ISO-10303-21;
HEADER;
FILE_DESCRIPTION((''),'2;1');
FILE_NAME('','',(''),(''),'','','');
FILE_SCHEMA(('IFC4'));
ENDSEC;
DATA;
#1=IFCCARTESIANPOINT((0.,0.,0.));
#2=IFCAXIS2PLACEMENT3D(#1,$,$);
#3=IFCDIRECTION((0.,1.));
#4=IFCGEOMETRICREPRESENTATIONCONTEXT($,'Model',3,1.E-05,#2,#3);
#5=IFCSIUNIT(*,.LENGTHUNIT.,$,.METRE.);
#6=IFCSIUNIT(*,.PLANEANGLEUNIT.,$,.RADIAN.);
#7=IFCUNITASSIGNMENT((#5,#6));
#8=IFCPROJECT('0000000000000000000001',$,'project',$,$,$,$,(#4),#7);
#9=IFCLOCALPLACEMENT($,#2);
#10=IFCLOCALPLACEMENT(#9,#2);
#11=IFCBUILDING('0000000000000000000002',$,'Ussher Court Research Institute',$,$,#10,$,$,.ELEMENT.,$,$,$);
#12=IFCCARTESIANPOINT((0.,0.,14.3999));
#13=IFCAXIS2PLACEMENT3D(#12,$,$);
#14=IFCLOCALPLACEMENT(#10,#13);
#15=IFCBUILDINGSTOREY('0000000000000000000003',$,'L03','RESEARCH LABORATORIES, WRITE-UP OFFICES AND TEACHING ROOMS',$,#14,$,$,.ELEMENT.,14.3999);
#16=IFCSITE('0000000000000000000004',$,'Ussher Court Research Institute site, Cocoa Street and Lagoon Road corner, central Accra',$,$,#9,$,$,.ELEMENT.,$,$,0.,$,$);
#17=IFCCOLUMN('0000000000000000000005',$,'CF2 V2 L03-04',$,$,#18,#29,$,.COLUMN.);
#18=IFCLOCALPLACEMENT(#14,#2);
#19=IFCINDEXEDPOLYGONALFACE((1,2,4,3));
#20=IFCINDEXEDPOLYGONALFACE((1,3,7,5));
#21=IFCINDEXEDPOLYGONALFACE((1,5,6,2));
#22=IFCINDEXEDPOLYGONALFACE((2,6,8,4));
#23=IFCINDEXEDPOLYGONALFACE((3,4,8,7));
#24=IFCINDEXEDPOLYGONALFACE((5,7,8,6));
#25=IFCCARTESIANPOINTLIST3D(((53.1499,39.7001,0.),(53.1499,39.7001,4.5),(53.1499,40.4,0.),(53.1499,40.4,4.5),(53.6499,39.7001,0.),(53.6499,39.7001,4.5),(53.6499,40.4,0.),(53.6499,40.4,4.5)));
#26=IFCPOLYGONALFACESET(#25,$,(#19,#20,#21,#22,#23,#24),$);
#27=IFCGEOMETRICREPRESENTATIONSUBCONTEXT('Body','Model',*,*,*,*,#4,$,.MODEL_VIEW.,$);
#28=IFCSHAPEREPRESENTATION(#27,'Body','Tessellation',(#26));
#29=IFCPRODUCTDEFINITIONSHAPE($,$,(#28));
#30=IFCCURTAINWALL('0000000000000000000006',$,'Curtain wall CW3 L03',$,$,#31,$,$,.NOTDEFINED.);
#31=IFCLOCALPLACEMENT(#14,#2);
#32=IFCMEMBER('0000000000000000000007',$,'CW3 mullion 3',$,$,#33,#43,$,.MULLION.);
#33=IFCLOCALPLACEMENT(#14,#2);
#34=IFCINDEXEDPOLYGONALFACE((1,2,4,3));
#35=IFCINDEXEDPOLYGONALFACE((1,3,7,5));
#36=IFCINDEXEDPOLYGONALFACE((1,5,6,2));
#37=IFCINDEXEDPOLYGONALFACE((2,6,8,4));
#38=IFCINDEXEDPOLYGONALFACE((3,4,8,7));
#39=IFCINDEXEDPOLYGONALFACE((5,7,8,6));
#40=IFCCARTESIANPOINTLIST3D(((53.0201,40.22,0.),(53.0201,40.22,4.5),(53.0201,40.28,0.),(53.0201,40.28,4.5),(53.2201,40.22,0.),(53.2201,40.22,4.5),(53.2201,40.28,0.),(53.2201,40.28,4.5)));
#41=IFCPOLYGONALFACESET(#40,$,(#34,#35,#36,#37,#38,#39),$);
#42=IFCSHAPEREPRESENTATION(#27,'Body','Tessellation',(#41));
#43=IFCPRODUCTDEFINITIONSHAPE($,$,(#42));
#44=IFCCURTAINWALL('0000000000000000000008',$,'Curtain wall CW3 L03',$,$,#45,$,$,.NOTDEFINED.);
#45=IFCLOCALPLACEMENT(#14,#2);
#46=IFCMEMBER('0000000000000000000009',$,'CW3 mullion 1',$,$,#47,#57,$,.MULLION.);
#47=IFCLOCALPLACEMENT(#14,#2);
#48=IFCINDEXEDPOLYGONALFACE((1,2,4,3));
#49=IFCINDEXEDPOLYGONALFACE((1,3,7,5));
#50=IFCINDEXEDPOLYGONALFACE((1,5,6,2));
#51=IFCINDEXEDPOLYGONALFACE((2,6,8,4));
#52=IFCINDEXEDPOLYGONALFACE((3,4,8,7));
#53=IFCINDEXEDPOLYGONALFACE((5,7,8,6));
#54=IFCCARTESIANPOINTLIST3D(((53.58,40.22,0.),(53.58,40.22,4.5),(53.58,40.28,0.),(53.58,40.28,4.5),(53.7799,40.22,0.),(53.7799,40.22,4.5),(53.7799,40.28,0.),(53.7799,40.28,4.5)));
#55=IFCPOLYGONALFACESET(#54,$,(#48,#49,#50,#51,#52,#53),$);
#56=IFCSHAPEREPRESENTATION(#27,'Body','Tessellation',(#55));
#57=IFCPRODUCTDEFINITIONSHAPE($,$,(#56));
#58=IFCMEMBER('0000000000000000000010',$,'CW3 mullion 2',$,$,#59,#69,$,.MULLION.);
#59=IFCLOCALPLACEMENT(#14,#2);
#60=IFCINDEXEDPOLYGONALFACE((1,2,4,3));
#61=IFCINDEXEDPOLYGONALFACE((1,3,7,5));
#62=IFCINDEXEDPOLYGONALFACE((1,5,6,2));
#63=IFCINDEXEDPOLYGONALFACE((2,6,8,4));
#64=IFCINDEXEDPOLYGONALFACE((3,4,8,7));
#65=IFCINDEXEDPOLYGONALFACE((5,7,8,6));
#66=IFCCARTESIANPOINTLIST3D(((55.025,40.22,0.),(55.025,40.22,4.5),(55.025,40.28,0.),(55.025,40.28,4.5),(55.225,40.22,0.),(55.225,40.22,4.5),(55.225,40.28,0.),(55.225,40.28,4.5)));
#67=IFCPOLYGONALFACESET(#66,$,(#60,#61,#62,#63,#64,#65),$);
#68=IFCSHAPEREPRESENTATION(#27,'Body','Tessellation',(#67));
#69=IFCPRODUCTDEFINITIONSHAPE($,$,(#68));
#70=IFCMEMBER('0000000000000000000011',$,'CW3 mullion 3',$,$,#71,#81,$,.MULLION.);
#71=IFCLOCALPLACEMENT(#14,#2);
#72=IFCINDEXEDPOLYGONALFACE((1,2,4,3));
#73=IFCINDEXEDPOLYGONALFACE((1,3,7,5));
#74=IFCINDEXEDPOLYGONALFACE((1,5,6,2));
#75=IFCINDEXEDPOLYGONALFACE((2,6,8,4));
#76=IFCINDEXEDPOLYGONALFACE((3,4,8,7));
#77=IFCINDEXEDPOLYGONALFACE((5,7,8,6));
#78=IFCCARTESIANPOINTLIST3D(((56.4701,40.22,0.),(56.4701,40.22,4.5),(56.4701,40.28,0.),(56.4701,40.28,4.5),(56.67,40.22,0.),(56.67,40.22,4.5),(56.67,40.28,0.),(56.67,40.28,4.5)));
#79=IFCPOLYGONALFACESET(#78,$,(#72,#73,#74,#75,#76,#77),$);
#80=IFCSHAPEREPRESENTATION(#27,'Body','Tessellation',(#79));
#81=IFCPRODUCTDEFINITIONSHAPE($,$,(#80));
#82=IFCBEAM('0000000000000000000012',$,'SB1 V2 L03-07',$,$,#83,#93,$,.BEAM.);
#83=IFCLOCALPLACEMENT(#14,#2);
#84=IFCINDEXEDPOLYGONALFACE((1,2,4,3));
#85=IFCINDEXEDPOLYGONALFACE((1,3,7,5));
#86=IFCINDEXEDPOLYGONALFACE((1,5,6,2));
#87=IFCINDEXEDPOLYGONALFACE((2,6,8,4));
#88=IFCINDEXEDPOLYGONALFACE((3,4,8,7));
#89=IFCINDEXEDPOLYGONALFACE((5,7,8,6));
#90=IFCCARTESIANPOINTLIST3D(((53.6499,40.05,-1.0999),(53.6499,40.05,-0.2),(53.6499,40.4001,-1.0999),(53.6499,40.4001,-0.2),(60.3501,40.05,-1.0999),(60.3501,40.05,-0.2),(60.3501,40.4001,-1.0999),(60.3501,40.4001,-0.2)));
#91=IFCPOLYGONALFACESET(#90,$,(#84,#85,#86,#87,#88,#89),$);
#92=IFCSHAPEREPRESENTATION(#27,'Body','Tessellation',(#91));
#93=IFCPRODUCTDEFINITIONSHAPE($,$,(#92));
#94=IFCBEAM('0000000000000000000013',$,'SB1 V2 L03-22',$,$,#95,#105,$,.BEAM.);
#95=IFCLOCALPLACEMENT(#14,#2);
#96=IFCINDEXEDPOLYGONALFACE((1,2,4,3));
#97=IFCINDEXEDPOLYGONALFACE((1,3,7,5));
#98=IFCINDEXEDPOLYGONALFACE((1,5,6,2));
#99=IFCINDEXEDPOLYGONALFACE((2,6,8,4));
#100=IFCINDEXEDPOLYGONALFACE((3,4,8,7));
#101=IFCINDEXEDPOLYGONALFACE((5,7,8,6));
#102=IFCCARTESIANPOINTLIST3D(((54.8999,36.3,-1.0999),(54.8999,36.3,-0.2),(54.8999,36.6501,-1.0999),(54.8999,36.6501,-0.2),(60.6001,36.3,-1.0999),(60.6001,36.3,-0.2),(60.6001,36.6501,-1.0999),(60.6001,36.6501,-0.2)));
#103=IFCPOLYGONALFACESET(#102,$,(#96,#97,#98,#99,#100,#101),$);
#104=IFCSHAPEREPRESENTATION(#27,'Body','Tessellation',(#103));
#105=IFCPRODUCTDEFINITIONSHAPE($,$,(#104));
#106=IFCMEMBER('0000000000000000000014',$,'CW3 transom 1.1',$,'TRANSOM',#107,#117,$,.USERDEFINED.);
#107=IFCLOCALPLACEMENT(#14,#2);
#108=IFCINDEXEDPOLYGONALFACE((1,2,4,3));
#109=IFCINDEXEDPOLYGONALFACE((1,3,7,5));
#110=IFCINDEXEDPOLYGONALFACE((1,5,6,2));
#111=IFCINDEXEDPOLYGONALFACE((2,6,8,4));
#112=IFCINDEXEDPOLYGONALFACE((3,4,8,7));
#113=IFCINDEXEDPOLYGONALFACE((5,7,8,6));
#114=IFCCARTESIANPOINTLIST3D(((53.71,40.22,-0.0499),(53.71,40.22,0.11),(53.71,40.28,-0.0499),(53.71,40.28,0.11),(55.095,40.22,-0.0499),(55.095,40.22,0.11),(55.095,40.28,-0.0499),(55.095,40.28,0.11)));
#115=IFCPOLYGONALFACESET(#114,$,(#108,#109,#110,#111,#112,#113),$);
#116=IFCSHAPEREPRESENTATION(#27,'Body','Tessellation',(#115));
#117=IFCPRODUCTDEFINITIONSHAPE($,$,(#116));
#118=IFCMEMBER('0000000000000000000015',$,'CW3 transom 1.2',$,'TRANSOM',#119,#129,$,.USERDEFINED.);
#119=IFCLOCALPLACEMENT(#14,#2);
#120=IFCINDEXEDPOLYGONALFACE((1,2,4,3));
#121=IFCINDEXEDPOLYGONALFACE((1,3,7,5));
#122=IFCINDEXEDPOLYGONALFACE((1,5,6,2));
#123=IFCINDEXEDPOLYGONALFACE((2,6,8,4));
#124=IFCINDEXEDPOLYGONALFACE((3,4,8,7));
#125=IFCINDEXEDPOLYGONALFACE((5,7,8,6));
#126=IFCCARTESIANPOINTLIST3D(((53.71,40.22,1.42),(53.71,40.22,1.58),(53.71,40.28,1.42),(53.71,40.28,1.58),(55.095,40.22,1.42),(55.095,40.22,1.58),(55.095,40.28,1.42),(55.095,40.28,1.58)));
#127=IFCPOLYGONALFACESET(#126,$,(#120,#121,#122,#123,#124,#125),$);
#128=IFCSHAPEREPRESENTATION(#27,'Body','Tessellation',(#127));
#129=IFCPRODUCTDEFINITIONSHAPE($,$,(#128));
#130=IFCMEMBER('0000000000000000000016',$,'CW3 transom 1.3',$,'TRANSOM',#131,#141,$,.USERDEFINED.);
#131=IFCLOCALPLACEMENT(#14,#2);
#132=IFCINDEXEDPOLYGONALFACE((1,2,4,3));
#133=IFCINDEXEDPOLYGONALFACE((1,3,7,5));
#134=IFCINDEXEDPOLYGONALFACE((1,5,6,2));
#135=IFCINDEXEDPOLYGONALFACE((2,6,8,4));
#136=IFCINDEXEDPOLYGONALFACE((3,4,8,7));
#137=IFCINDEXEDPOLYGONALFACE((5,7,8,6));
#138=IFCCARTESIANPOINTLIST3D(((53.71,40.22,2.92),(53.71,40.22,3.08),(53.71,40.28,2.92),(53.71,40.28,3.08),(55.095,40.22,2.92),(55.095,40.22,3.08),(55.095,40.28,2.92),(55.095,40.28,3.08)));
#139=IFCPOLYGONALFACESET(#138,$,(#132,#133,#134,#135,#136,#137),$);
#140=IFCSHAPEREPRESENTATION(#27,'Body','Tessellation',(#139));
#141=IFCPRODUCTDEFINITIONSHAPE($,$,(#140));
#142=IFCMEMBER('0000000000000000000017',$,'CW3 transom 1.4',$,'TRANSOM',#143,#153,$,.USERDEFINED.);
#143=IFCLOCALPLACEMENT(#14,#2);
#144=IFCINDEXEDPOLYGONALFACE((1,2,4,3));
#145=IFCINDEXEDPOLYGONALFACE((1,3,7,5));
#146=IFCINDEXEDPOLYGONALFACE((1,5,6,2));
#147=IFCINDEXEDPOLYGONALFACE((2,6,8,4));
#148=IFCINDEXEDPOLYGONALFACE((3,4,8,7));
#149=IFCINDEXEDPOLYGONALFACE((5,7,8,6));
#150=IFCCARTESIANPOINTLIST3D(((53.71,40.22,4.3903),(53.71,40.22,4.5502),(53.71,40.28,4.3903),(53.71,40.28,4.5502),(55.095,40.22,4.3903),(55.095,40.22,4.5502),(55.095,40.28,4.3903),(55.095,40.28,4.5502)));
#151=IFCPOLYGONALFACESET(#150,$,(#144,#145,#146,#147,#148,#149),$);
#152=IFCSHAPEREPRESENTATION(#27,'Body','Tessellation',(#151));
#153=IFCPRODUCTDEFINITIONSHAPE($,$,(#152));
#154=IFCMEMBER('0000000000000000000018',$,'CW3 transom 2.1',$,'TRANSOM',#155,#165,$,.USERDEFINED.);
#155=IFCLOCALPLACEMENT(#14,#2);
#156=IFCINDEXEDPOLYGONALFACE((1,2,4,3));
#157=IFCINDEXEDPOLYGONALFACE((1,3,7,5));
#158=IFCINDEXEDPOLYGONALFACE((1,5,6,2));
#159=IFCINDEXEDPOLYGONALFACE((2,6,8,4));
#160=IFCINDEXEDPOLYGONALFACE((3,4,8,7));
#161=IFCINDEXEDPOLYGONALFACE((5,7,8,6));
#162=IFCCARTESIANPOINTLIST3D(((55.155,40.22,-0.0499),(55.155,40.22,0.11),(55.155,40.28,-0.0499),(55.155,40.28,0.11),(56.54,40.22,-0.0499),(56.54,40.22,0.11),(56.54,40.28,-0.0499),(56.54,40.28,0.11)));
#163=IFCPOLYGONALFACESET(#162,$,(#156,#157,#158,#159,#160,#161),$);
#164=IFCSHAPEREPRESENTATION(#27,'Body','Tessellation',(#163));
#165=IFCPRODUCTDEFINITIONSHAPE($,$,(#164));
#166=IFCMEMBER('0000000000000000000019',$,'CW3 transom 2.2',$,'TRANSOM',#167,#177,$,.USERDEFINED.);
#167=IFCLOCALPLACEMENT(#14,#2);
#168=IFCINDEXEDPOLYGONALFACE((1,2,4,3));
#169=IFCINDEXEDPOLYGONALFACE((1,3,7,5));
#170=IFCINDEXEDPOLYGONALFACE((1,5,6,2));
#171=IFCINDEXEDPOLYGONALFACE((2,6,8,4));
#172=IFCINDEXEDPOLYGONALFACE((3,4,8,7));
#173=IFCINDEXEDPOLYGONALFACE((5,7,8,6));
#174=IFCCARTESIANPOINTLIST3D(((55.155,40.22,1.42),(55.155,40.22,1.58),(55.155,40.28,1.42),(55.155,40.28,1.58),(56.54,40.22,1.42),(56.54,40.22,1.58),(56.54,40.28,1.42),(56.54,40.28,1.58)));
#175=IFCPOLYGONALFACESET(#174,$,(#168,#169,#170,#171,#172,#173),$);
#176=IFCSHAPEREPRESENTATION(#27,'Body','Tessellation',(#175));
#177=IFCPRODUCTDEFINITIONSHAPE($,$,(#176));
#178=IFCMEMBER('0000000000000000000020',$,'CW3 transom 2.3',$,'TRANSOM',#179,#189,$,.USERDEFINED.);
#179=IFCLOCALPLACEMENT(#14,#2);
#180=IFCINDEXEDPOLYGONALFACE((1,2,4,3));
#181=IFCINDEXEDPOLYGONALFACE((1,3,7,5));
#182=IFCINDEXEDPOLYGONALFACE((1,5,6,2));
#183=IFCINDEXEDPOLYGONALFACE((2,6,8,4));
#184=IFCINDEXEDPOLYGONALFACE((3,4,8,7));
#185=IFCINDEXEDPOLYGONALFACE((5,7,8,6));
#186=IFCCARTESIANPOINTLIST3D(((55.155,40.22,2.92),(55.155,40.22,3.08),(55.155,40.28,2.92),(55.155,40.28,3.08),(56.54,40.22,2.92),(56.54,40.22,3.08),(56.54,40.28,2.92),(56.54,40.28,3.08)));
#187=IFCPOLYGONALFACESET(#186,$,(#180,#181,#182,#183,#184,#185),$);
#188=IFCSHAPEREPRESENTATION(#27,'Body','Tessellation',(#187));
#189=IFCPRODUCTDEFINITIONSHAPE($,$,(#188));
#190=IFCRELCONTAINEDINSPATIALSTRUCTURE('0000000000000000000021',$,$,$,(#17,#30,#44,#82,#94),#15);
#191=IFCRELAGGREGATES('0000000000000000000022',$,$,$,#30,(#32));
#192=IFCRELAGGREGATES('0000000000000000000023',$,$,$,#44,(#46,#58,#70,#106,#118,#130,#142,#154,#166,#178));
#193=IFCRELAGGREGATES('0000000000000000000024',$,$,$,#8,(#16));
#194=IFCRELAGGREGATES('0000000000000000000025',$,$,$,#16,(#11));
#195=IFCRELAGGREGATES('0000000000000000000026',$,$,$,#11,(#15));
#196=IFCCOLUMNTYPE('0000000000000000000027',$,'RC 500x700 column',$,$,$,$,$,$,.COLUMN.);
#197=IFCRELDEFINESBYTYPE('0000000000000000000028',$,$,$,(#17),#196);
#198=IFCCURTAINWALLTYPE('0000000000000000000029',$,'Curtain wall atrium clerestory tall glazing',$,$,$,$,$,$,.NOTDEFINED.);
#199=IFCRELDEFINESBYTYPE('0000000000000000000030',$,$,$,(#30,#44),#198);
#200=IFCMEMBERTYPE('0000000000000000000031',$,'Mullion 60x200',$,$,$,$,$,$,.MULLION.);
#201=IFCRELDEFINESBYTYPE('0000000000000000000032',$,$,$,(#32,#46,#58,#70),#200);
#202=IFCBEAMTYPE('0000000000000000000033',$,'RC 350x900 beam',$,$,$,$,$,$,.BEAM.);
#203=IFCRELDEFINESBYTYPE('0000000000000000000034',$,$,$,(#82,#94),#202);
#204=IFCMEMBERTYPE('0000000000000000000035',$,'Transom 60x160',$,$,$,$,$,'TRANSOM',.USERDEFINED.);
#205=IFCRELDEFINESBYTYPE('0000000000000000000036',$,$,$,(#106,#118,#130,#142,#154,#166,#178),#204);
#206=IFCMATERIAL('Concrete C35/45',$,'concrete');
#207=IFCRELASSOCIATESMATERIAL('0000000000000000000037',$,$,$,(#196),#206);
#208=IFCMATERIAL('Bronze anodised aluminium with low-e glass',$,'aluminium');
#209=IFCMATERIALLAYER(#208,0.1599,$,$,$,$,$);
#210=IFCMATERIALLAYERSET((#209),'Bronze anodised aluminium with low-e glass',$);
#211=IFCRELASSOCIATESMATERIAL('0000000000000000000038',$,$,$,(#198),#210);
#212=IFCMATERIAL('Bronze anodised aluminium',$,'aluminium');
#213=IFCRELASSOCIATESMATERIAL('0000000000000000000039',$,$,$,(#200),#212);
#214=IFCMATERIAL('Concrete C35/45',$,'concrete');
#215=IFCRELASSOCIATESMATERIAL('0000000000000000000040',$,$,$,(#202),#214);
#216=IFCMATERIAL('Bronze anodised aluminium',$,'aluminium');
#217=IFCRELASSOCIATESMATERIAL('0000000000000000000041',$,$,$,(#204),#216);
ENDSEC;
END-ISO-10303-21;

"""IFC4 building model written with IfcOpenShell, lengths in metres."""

from ifc_helpers import new_model, si_unit, direction, frame, origin, origin_2d, place, context, subcontext, project, spatial, rectangle, extrude, material, layer, layer_set, material_profile, profile_set, type_object, element, aggregate, save


model = new_model("IFC4")

# Units and contexts
model_context = context("Model", 3, precision=1e-05, world=origin(), true_north=direction((0.0, 1.0)))
body_context = subcontext(model_context, "Body", "Model", "MODEL_VIEW")
ifc_project = project(units=[si_unit("LENGTHUNIT", "METRE"), si_unit("PLANEANGLEUNIT", "RADIAN")], contexts=[model_context])

# Site, building, storey
site_placement = place(None, origin())
site = spatial("IfcSite", under=ifc_project, at=site_placement, Name="Ussher Court Research Institute site, Cocoa Street and Lagoon Road corner, central Accra", CompositionType="ELEMENT", RefElevation=0.0)
building_placement = place(site_placement, origin())
building = spatial("IfcBuilding", under=site, at=building_placement, Name="Ussher Court Research Institute", CompositionType="ELEMENT")
storey_placement = place(building_placement, frame((0.0, 0.0, 14.3999)))
storey = spatial("IfcBuildingStorey", under=building, at=storey_placement, Name="L03", Description="RESEARCH LABORATORIES, WRITE-UP OFFICES AND TEACHING ROOMS", CompositionType="ELEMENT", Elevation=14.3999)

# Column
ifc_material_1 = material(Name="Concrete C35/45", Category="concrete")
ifc_material_profile_1 = material_profile(ifc_material_1, rectangle(XDim=0.5, YDim=0.7, at=origin_2d()), Name="RC 500x700")
ifc_profile_set_1 = profile_set([ifc_material_profile_1], Name="Concrete C35/45")
column_type = type_object("IfcColumnType", Name="RC 500x700 column", PredefinedType="COLUMN", material=ifc_profile_set_1)
column_placement = place(storey_placement, frame((53.3999, 40.05, 0.0), z_axis=(0.0, 0.0, 1.0), x_axis=(1.0, 0.0, 0.0)))
element("IfcColumn", 1, at=column_placement, inside=storey, type_object=column_type, Name="CF2 V2 L03-04", PredefinedType="COLUMN", context=body_context, shape_type="SweptSolid", body=[
    extrude(rectangle(XDim=0.5, YDim=0.7, at=origin_2d()), origin(), (0.0, 0.0, 1.0), 4.5),
])

# Curtain wall, member
ifc_material_2 = material(Name="Bronze anodised aluminium with low-e glass", Category="aluminium")
ifc_layer_1 = layer(ifc_material_2, 0.1599)
ifc_layer_set_1 = layer_set([ifc_layer_1], Name="Bronze anodised aluminium with low-e glass")
curtain_wall_type = type_object("IfcCurtainWallType", Name="Curtain wall atrium clerestory tall glazing", PredefinedType="NOTDEFINED", material=ifc_layer_set_1)
curtain_wall_1_placement = place(storey_placement, origin())
curtain_wall_1 = element("IfcCurtainWall", 2, at=curtain_wall_1_placement, inside=storey, type_object=curtain_wall_type, Name="Curtain wall CW3 L03", PredefinedType="NOTDEFINED")
ifc_material_3 = material(Name="Bronze anodised aluminium", Category="aluminium")
ifc_material_profile_2 = material_profile(ifc_material_3, rectangle(XDim=0.0601, YDim=0.2, at=origin_2d()), Name="Mullion 60x200")
ifc_profile_set_2 = profile_set([ifc_material_profile_2], Name="Bronze anodised aluminium")
member_type_1 = type_object("IfcMemberType", Name="Mullion 60x200", PredefinedType="MULLION", material=ifc_profile_set_2)
member_1_placement = place(storey_placement, frame((53.1201, 40.25, 0.0), z_axis=(0.0, 0.0, 1.0), x_axis=(0.0, 1.0, 0.0)))
member_1 = element("IfcMember", 3, at=member_1_placement, type_object=member_type_1, Name="CW3 mullion 3", PredefinedType="MULLION", context=body_context, shape_type="SweptSolid", body=[
    extrude(rectangle(XDim=0.0601, YDim=0.2, at=origin_2d()), origin(), (0.0, 0.0, 1.0), 4.5),
])

# Curtain wall, members
curtain_wall_2_placement = place(storey_placement, origin())
curtain_wall_2 = element("IfcCurtainWall", 4, at=curtain_wall_2_placement, inside=storey, type_object=curtain_wall_type, Name="Curtain wall CW3 L03", PredefinedType="NOTDEFINED")
member_2_placement = place(storey_placement, frame((53.6799, 40.25, 0.0), z_axis=(0.0, 0.0, 1.0), x_axis=(0.0, 1.0, 0.0)))
member_2 = element("IfcMember", 5, at=member_2_placement, type_object=member_type_1, Name="CW3 mullion 1", PredefinedType="MULLION", context=body_context, shape_type="SweptSolid", body=[
    extrude(rectangle(XDim=0.0601, YDim=0.2, at=origin_2d()), origin(), (0.0, 0.0, 1.0), 4.5),
])
member_3_placement = place(storey_placement, frame((55.125, 40.25, 0.0), z_axis=(0.0, 0.0, 1.0), x_axis=(0.0, 1.0, 0.0)))
member_3 = element("IfcMember", 6, at=member_3_placement, type_object=member_type_1, Name="CW3 mullion 2", PredefinedType="MULLION", context=body_context, shape_type="SweptSolid", body=[
    extrude(rectangle(XDim=0.0601, YDim=0.2, at=origin_2d()), origin(), (0.0, 0.0, 1.0), 4.5),
])
member_4_placement = place(storey_placement, frame((56.5701, 40.25, 0.0), z_axis=(0.0, 0.0, 1.0), x_axis=(0.0, 1.0, 0.0)))
member_4 = element("IfcMember", 7, at=member_4_placement, type_object=member_type_1, Name="CW3 mullion 3", PredefinedType="MULLION", context=body_context, shape_type="SweptSolid", body=[
    extrude(rectangle(XDim=0.0601, YDim=0.2, at=origin_2d()), origin(), (0.0, 0.0, 1.0), 4.5),
])

# Beams
ifc_material_4 = material(Name="Concrete C35/45", Category="concrete")
ifc_material_profile_3 = material_profile(ifc_material_4, rectangle(XDim=0.3501, YDim=0.8999, at=origin_2d()), Name="RC 350x900")
ifc_profile_set_3 = profile_set([ifc_material_profile_3], Name="Concrete C35/45")
beam_type = type_object("IfcBeamType", Name="RC 350x900 beam", PredefinedType="BEAM", material=ifc_profile_set_3)
beam_1_placement = place(storey_placement, frame((53.6499, 40.2251, -0.6499), z_axis=(1.0, 0.0, 0.0), x_axis=(0.0, 1.0, 0.0)))
element("IfcBeam", 8, at=beam_1_placement, inside=storey, type_object=beam_type, Name="SB1 V2 L03-07", PredefinedType="BEAM", context=body_context, shape_type="SweptSolid", body=[
    extrude(rectangle(XDim=0.3501, YDim=0.8999, at=origin_2d()), origin(), (0.0, 0.0, 1.0), 6.7002),
])
beam_2_placement = place(storey_placement, frame((54.8999, 36.4751, -0.6499), z_axis=(1.0, 0.0, 0.0), x_axis=(0.0, 1.0, 0.0)))
element("IfcBeam", 9, at=beam_2_placement, inside=storey, type_object=beam_type, Name="SB1 V2 L03-22", PredefinedType="BEAM", context=body_context, shape_type="SweptSolid", body=[
    extrude(rectangle(XDim=0.3501, YDim=0.8999, at=origin_2d()), origin(), (0.0, 0.0, 1.0), 5.7002),
])

# Members
ifc_material_5 = material(Name="Bronze anodised aluminium", Category="aluminium")
ifc_material_profile_4 = material_profile(ifc_material_5, rectangle(XDim=0.0601, YDim=0.1599, at=origin_2d()), Name="Transom 60x160")
ifc_profile_set_4 = profile_set([ifc_material_profile_4], Name="Bronze anodised aluminium")
member_type_2 = type_object("IfcMemberType", Name="Transom 60x160", ElementType="TRANSOM", PredefinedType="USERDEFINED", material=ifc_profile_set_4)
member_5_placement = place(storey_placement, frame((53.71, 40.25, 0.03), z_axis=(1.0, 0.0, 0.0), x_axis=(0.0, 1.0, 0.0)))
member_5 = element("IfcMember", 10, at=member_5_placement, type_object=member_type_2, Name="CW3 transom 1.1", ObjectType="TRANSOM", PredefinedType="USERDEFINED", context=body_context, shape_type="SweptSolid", body=[
    extrude(rectangle(XDim=0.0601, YDim=0.1599, at=origin_2d()), origin(), (0.0, 0.0, 1.0), 1.385),
])
member_6_placement = place(storey_placement, frame((53.71, 40.25, 1.5), z_axis=(1.0, 0.0, 0.0), x_axis=(0.0, 1.0, 0.0)))
member_6 = element("IfcMember", 11, at=member_6_placement, type_object=member_type_2, Name="CW3 transom 1.2", ObjectType="TRANSOM", PredefinedType="USERDEFINED", context=body_context, shape_type="SweptSolid", body=[
    extrude(rectangle(XDim=0.0601, YDim=0.1599, at=origin_2d()), origin(), (0.0, 0.0, 1.0), 1.385),
])
member_7_placement = place(storey_placement, frame((53.71, 40.25, 3.0), z_axis=(1.0, 0.0, 0.0), x_axis=(0.0, 1.0, 0.0)))
member_7 = element("IfcMember", 12, at=member_7_placement, type_object=member_type_2, Name="CW3 transom 1.3", ObjectType="TRANSOM", PredefinedType="USERDEFINED", context=body_context, shape_type="SweptSolid", body=[
    extrude(rectangle(XDim=0.0601, YDim=0.1599, at=origin_2d()), origin(), (0.0, 0.0, 1.0), 1.385),
])
member_8_placement = place(storey_placement, frame((53.71, 40.25, 4.4702), z_axis=(1.0, 0.0, 0.0), x_axis=(0.0, 1.0, 0.0)))
member_8 = element("IfcMember", 13, at=member_8_placement, type_object=member_type_2, Name="CW3 transom 1.4", ObjectType="TRANSOM", PredefinedType="USERDEFINED", context=body_context, shape_type="SweptSolid", body=[
    extrude(rectangle(XDim=0.0601, YDim=0.1599, at=origin_2d()), origin(), (0.0, 0.0, 1.0), 1.385),
])
member_9_placement = place(storey_placement, frame((55.155, 40.25, 0.03), z_axis=(1.0, 0.0, 0.0), x_axis=(0.0, 1.0, 0.0)))
member_9 = element("IfcMember", 14, at=member_9_placement, type_object=member_type_2, Name="CW3 transom 2.1", ObjectType="TRANSOM", PredefinedType="USERDEFINED", context=body_context, shape_type="SweptSolid", body=[
    extrude(rectangle(XDim=0.0601, YDim=0.1599, at=origin_2d()), origin(), (0.0, 0.0, 1.0), 1.385),
])
member_10_placement = place(storey_placement, frame((55.155, 40.25, 1.5), z_axis=(1.0, 0.0, 0.0), x_axis=(0.0, 1.0, 0.0)))
member_10 = element("IfcMember", 15, at=member_10_placement, type_object=member_type_2, Name="CW3 transom 2.2", ObjectType="TRANSOM", PredefinedType="USERDEFINED", context=body_context, shape_type="SweptSolid", body=[
    extrude(rectangle(XDim=0.0601, YDim=0.1599, at=origin_2d()), origin(), (0.0, 0.0, 1.0), 1.385),
])
member_11_placement = place(storey_placement, frame((55.155, 40.25, 3.0), z_axis=(1.0, 0.0, 0.0), x_axis=(0.0, 1.0, 0.0)))
member_11 = element("IfcMember", 16, at=member_11_placement, type_object=member_type_2, Name="CW3 transom 2.3", ObjectType="TRANSOM", PredefinedType="USERDEFINED", context=body_context, shape_type="SweptSolid", body=[
    extrude(rectangle(XDim=0.0601, YDim=0.1599, at=origin_2d()), origin(), (0.0, 0.0, 1.0), 1.385),
])

aggregate(curtain_wall_1, [member_1])
aggregate(curtain_wall_2, [member_2, member_3, member_4, member_5, member_6, member_7, member_8, member_9, member_10, member_11])

save(model, "model.ifc")
